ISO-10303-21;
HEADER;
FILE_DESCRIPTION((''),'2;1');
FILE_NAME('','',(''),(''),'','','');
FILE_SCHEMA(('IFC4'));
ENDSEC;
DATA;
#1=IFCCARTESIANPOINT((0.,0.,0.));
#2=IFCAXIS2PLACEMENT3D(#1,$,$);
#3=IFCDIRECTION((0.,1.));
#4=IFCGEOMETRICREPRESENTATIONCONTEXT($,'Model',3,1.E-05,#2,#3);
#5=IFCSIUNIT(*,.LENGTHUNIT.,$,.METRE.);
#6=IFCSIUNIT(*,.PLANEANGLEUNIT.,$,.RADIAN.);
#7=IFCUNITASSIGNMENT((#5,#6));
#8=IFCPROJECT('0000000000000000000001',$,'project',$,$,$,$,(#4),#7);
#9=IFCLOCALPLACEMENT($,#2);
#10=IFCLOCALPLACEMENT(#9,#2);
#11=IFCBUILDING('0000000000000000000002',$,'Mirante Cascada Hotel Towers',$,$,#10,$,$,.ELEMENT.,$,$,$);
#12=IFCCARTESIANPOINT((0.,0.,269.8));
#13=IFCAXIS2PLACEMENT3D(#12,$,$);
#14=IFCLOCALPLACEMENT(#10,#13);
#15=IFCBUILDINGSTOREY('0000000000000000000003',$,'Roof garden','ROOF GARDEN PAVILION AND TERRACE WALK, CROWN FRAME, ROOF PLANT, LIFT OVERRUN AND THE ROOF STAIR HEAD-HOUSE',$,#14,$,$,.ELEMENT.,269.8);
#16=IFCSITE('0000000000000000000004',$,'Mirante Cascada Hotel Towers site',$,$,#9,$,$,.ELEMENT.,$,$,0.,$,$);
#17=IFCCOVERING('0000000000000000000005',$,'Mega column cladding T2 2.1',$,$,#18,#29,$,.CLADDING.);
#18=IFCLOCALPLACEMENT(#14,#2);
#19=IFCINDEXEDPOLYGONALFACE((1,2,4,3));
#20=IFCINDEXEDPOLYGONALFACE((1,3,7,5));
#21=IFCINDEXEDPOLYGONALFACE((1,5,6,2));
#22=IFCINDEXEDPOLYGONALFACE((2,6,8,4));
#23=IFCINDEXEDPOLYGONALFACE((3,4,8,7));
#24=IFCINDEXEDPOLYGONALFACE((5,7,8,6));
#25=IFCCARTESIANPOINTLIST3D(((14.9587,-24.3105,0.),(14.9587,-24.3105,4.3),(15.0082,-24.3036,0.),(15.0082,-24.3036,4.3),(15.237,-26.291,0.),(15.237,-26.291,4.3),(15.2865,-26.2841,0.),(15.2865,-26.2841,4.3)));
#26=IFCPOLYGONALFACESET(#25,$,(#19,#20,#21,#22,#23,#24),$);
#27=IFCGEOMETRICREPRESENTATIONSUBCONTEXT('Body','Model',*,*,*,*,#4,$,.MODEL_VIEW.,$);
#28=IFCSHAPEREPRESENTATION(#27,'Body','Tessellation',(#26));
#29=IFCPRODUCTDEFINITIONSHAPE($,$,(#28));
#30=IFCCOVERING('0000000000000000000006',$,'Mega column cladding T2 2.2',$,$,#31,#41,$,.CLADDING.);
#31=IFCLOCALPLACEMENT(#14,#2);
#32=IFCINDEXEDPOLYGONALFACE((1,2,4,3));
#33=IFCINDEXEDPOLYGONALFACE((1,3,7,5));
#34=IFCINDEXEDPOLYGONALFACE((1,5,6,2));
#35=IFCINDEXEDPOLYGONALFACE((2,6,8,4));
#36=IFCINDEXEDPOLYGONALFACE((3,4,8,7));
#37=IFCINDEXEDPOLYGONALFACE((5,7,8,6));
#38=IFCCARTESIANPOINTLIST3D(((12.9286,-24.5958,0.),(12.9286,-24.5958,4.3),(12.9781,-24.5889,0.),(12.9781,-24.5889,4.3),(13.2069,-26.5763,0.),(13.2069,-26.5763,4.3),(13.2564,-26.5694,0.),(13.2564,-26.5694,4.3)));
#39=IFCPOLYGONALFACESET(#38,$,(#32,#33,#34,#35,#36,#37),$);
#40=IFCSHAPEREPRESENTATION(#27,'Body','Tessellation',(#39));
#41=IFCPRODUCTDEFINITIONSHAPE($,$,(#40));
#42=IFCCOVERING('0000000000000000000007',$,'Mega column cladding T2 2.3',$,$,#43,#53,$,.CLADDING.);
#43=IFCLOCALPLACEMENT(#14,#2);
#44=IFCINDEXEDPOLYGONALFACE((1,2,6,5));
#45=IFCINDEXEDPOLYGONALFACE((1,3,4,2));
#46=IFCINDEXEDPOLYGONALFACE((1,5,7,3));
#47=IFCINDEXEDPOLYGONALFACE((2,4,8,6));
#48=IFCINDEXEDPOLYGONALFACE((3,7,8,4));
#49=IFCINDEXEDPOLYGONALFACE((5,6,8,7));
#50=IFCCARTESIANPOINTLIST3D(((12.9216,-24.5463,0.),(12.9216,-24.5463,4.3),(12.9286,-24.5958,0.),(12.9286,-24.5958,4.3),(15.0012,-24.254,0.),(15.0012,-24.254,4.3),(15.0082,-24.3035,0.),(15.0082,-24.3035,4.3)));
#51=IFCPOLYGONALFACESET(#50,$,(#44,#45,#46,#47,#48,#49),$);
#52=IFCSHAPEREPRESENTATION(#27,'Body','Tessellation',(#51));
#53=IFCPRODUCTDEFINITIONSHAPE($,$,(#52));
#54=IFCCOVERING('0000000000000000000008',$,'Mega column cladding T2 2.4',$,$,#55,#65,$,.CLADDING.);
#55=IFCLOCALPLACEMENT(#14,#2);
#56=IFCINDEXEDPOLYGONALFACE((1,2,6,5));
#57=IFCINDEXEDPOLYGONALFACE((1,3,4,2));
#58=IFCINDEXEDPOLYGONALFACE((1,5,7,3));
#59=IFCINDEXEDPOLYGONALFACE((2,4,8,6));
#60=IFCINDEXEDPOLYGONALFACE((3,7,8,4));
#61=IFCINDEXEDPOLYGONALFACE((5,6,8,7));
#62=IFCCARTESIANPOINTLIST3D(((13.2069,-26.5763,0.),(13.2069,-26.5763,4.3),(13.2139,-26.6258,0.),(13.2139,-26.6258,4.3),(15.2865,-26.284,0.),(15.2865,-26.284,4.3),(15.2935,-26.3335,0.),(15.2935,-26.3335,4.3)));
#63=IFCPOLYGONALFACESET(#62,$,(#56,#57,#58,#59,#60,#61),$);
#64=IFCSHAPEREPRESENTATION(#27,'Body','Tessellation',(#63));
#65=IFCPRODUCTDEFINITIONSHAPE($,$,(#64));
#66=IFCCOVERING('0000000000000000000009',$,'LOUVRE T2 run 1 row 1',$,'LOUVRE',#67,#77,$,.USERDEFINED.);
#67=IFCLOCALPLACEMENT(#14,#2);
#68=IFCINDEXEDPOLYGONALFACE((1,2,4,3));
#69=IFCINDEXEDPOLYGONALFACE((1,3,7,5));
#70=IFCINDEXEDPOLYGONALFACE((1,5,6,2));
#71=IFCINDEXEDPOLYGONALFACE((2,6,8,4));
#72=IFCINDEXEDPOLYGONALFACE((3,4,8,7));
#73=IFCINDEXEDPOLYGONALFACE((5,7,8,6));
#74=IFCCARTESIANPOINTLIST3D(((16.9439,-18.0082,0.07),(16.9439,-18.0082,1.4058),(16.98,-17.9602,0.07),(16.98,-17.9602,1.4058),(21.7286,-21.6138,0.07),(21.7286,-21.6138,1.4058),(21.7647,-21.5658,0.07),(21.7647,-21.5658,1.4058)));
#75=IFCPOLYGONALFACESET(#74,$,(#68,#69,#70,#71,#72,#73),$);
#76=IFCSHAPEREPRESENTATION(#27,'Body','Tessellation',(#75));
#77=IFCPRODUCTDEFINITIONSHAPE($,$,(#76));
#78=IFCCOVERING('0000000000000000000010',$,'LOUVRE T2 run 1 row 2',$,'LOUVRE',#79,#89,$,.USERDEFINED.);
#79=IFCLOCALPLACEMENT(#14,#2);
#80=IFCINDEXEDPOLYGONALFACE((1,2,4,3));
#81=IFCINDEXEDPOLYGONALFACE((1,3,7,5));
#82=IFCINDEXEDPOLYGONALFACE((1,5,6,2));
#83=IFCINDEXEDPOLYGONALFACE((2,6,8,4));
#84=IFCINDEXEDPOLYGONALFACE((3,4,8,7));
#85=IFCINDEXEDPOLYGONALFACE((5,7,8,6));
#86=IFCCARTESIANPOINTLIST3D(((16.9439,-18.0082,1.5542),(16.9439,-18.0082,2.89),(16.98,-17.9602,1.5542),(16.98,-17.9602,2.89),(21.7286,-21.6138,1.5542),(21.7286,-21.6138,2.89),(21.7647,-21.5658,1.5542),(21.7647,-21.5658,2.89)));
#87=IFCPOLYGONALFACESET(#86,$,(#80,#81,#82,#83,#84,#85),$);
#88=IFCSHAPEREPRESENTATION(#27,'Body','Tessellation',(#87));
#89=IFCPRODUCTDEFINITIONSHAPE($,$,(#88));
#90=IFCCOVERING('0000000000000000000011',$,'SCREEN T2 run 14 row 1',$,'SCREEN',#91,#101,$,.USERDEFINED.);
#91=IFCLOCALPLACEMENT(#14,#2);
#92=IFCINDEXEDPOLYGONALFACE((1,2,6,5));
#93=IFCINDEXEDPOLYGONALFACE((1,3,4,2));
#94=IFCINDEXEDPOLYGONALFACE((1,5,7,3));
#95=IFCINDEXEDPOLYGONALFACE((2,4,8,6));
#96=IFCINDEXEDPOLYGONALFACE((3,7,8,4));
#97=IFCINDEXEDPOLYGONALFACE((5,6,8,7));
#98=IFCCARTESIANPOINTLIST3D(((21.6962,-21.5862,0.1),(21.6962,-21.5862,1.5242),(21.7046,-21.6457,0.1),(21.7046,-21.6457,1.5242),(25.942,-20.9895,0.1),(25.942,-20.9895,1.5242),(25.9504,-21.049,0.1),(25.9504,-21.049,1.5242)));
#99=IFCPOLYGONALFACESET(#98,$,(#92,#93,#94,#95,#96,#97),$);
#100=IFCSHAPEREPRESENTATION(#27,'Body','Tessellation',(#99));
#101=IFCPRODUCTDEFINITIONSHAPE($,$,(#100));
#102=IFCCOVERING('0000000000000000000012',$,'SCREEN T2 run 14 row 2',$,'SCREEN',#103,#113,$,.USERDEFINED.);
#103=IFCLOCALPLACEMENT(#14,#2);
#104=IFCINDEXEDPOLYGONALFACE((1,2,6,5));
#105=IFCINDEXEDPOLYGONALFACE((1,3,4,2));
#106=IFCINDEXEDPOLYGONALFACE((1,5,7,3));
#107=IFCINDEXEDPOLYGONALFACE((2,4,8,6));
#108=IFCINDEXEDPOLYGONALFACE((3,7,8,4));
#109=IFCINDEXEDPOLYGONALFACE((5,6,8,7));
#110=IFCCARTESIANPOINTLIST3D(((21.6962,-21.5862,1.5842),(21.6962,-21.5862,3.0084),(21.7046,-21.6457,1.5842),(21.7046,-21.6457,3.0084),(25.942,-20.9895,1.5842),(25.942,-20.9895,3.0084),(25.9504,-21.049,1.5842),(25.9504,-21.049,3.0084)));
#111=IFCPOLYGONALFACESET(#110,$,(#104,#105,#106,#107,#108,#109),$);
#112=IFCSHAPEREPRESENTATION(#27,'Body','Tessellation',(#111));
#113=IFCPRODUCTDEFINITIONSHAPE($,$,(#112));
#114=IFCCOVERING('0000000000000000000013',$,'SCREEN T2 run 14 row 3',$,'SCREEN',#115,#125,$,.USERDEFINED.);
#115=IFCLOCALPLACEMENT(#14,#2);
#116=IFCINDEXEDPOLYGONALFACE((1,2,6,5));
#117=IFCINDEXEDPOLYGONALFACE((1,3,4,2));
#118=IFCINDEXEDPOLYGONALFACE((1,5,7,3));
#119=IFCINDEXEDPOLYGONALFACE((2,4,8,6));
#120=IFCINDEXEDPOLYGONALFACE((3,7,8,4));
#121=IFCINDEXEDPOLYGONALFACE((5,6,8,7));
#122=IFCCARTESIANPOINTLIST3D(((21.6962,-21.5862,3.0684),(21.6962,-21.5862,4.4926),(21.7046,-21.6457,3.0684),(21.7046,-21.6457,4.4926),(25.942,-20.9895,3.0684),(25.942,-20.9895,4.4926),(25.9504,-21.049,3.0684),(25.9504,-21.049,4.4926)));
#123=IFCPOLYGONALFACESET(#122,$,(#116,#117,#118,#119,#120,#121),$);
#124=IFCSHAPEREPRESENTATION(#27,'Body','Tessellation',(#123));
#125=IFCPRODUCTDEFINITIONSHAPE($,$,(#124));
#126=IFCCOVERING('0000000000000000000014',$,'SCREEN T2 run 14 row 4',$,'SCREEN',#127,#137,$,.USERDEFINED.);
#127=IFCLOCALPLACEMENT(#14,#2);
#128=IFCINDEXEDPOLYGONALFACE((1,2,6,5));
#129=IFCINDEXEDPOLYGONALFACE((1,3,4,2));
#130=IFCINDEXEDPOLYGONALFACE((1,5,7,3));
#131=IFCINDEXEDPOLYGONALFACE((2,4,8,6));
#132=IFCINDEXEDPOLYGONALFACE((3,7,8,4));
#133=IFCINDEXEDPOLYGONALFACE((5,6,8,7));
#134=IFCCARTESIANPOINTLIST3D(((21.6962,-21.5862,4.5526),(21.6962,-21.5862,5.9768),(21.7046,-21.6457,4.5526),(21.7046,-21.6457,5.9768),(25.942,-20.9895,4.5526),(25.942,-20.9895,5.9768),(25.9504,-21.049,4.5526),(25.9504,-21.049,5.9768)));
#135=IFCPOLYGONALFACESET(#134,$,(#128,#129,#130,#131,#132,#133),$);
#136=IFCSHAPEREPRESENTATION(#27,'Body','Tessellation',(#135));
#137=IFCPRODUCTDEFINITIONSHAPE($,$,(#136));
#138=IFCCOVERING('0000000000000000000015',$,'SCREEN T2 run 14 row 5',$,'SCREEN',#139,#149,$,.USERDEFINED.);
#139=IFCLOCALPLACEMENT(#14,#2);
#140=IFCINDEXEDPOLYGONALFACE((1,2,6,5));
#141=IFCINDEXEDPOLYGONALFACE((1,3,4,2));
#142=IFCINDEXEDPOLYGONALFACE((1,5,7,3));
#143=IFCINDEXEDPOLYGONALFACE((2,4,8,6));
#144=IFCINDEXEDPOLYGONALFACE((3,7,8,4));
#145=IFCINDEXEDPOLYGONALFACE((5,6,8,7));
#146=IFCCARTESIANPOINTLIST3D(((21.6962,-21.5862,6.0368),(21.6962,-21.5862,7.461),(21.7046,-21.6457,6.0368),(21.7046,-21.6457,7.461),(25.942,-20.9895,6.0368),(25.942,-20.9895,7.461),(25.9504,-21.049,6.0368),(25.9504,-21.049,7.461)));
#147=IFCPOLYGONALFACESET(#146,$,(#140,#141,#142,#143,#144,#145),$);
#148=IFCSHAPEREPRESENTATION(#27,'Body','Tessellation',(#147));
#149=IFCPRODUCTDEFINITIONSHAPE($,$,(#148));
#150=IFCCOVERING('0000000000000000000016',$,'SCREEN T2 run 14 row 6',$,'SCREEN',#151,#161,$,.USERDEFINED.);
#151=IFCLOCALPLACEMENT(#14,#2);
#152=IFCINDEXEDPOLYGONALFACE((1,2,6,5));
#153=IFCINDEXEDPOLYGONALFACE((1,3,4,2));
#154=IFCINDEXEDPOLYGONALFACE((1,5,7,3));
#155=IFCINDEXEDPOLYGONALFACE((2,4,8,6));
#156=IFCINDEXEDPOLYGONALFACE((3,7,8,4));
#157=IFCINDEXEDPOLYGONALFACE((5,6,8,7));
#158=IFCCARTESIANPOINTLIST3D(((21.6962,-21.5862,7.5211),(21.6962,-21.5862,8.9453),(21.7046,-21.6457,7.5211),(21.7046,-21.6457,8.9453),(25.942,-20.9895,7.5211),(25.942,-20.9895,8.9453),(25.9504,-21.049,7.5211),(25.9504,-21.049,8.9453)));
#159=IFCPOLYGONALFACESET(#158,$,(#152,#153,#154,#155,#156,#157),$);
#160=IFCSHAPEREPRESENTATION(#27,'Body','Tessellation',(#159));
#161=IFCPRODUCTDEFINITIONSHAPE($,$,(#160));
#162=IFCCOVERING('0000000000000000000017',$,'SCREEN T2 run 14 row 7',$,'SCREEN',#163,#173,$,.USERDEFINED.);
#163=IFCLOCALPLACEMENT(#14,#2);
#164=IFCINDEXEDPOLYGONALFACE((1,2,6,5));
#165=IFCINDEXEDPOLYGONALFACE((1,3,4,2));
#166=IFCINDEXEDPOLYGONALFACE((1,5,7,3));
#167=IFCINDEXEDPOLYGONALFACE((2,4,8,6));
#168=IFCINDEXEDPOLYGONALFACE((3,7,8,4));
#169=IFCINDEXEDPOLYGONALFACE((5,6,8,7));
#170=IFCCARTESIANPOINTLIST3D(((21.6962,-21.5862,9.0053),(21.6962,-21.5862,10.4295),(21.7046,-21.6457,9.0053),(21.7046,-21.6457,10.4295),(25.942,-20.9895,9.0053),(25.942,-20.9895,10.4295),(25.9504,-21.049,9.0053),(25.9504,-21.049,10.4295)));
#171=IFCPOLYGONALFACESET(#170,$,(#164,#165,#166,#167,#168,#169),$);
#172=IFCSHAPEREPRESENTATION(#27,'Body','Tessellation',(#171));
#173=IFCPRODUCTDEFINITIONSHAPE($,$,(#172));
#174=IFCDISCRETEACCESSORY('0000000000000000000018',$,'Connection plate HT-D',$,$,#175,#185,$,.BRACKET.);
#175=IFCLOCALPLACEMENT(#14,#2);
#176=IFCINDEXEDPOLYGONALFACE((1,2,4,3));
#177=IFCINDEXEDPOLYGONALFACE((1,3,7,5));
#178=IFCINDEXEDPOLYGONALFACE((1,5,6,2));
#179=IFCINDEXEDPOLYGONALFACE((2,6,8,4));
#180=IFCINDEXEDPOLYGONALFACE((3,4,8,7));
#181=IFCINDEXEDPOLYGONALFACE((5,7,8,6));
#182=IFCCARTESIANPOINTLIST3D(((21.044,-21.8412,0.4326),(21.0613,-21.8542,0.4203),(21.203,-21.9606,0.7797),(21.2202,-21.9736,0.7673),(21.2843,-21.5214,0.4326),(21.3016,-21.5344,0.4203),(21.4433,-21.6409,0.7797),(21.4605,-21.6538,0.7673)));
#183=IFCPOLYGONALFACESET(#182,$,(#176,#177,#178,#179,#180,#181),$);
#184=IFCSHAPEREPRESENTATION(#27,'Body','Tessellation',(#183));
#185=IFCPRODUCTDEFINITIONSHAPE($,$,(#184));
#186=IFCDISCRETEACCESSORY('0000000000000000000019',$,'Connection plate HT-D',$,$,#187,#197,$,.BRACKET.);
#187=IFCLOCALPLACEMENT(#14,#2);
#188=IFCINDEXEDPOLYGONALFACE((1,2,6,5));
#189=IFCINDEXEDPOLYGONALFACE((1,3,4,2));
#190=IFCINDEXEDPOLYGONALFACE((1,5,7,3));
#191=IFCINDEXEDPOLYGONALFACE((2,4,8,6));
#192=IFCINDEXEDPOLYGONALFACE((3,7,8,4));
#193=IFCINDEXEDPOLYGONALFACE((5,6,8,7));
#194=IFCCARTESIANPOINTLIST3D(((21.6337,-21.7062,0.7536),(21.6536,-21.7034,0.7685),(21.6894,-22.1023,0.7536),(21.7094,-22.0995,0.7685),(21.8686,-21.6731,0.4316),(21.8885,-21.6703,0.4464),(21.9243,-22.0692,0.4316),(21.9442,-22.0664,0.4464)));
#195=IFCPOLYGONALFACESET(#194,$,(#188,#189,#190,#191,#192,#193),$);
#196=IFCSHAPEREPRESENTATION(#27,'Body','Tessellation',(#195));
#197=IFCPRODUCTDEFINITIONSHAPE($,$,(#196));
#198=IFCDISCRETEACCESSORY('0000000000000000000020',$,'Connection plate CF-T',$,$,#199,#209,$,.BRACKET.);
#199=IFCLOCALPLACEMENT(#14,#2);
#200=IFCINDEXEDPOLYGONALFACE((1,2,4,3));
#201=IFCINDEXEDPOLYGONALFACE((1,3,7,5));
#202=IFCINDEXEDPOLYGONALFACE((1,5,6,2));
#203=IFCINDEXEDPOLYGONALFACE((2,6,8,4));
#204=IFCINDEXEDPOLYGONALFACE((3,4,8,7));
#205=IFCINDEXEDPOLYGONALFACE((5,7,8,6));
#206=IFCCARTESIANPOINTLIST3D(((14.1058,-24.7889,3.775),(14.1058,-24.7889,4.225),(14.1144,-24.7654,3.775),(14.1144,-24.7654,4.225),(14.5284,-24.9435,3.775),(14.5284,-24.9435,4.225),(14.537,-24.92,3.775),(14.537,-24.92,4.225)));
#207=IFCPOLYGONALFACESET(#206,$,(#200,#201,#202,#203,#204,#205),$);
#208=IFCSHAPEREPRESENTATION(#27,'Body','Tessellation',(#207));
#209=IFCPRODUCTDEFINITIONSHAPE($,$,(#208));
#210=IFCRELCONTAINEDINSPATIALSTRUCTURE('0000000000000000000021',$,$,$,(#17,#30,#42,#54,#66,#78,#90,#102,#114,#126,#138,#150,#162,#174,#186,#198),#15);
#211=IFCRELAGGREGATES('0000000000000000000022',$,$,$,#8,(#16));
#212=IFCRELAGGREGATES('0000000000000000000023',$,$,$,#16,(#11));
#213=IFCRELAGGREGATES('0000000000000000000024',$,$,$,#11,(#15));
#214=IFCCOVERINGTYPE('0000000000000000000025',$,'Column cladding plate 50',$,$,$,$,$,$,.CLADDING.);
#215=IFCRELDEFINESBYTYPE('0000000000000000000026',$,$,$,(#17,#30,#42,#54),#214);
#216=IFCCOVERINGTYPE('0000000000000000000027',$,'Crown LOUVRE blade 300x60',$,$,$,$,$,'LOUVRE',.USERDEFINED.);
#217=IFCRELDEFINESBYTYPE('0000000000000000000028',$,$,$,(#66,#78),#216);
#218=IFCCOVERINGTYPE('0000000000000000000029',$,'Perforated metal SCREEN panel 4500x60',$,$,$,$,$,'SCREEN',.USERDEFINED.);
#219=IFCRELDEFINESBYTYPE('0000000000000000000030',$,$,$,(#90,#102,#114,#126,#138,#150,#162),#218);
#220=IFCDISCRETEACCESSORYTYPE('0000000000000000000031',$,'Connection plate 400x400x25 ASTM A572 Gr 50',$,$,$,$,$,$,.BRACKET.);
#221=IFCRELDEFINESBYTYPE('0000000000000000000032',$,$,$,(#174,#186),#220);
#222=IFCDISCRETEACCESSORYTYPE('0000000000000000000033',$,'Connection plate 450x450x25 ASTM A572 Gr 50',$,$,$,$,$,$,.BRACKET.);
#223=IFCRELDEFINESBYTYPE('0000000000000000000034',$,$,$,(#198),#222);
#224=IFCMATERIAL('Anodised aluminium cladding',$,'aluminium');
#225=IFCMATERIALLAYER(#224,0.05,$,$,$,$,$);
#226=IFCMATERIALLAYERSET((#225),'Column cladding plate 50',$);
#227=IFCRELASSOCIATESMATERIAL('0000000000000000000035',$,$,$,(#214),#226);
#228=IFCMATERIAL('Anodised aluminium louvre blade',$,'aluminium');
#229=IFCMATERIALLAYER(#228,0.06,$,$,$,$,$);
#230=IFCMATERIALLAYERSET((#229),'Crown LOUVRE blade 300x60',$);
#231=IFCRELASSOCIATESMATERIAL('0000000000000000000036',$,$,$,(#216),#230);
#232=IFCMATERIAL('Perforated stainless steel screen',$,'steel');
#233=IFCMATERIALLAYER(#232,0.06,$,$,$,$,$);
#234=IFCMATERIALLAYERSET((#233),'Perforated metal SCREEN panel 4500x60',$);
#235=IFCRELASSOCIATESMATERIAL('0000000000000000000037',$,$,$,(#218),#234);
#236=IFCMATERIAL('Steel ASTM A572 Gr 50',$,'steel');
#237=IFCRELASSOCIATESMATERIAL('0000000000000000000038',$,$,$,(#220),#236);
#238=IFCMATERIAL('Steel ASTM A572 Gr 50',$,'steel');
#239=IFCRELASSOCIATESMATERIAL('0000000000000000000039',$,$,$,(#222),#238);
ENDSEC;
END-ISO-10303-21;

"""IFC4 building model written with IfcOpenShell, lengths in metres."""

from ifc_helpers import new_model, si_unit, direction, frame, origin, origin_2d, place, context, subcontext, project, spatial, rectangle, extrude, material, layer, layer_set, material_profile, profile_set, type_object, element, save


model = new_model("IFC4")

# Units and contexts
model_context = context("Model", 3, precision=1e-05, world=origin(), true_north=direction((0.0, 1.0)))
body_context = subcontext(model_context, "Body", "Model", "MODEL_VIEW")
ifc_project = project(units=[si_unit("LENGTHUNIT", "METRE"), si_unit("PLANEANGLEUNIT", "RADIAN")], contexts=[model_context])

# Site, building, storey
site_placement = place(None, origin())
site = spatial("IfcSite", under=ifc_project, at=site_placement, Name="Mirante Cascada Hotel Towers site", CompositionType="ELEMENT", RefElevation=0.0)
building_placement = place(site_placement, origin())
building = spatial("IfcBuilding", under=site, at=building_placement, Name="Mirante Cascada Hotel Towers", CompositionType="ELEMENT")
storey_placement = place(building_placement, frame((0.0, 0.0, 269.8)))
storey = spatial("IfcBuildingStorey", under=building, at=storey_placement, Name="Roof garden", Description="ROOF GARDEN PAVILION AND TERRACE WALK, CROWN FRAME, ROOF PLANT, LIFT OVERRUN AND THE ROOF STAIR HEAD-HOUSE", CompositionType="ELEMENT", Elevation=269.8)

# Coverings
ifc_material_1 = material(Name="Anodised aluminium cladding", Category="aluminium")
ifc_layer_1 = layer(ifc_material_1, 0.05)
ifc_layer_set_1 = layer_set([ifc_layer_1], Name="Column cladding plate 50")
covering_type_1 = type_object("IfcCoveringType", Name="Column cladding plate 50", PredefinedType="CLADDING", material=ifc_layer_set_1)
for number, where, z_axis, x_axis, name in (
    (1, (15.1226, -25.2973, 0.0), (0.0, 0.0, 1.0), (0.990268, 0.139173, 0.0), "Mega column cladding T2 2.1"),
    (2, (13.0925, -25.5826, 0.0), (0.0, 0.0, 1.0), (0.990268, 0.139173, 0.0), "Mega column cladding T2 2.2"),
):
    element("IfcCovering", number, at=place(storey_placement, frame(where, z_axis=z_axis, x_axis=x_axis)), inside=storey, type_object=covering_type_1, Name=name, PredefinedType="CLADDING", context=body_context, shape_type="SweptSolid", body=[
        extrude(rectangle(XDim=0.05, YDim=2.0, at=origin_2d()), origin(), (0.0, 0.0, 1.0), 4.3),
    ])
for number, where, z_axis, x_axis, name in (
    (3, (13.9649, -24.4249, 0.0), (0.0, 0.0, 1.0), (0.990268, 0.139173, 0.0), "Mega column cladding T2 2.3"),
    (4, (14.2502, -26.4549, 0.0), (0.0, 0.0, 1.0), (0.990268, 0.139173, 0.0), "Mega column cladding T2 2.4"),
):
    element("IfcCovering", number, at=place(storey_placement, frame(where, z_axis=z_axis, x_axis=x_axis)), inside=storey, type_object=covering_type_1, Name=name, PredefinedType="CLADDING", context=body_context, shape_type="SweptSolid", body=[
        extrude(rectangle(XDim=2.1, YDim=0.05, at=origin_2d()), origin(), (0.0, 0.0, 1.0), 4.3),
    ])
ifc_material_2 = material(Name="Anodised aluminium louvre blade", Category="aluminium")
ifc_layer_2 = layer(ifc_material_2, 0.06)
ifc_layer_set_2 = layer_set([ifc_layer_2], Name="Crown LOUVRE blade 300x60")
covering_type_2 = type_object("IfcCoveringType", Name="Crown LOUVRE blade 300x60", ElementType="LOUVRE", PredefinedType="USERDEFINED", material=ifc_layer_set_2)
for number, where, z_axis, x_axis, name in (
    (5, (19.3543, -19.787, 0.07), (0.0, 0.0, 1.0), (-0.798636, 0.601815, 0.0), "LOUVRE T2 run 1 row 1"),
    (6, (19.3543, -19.787, 1.5542), (0.0, 0.0, 1.0), (-0.798636, 0.601815, 0.0), "LOUVRE T2 run 1 row 2"),
):
    element("IfcCovering", number, at=place(storey_placement, frame(where, z_axis=z_axis, x_axis=x_axis)), inside=storey, type_object=covering_type_2, Name=name, ObjectType="LOUVRE", PredefinedType="USERDEFINED", context=body_context, shape_type="SweptSolid", body=[
        extrude(rectangle(XDim=5.9912, YDim=0.06, at=origin_2d()), origin(), (0.0, 0.0, 1.0), 1.3358),
    ])
ifc_material_3 = material(Name="Perforated stainless steel screen", Category="steel")
ifc_layer_3 = layer(ifc_material_3, 0.06)
ifc_layer_set_3 = layer_set([ifc_layer_3], Name="Perforated metal SCREEN panel 4500x60")
covering_type_3 = type_object("IfcCoveringType", Name="Perforated metal SCREEN panel 4500x60", ElementType="SCREEN", PredefinedType="USERDEFINED", material=ifc_layer_set_3)
for number, where, z_axis, x_axis, name in (
    (7, (23.8233, -21.3176, 0.1), (0.0, 0.0, 1.0), (-0.990268, -0.139173, 0.0), "SCREEN T2 run 14 row 1"),
    (8, (23.8233, -21.3176, 1.5842), (0.0, 0.0, 1.0), (-0.990268, -0.139173, 0.0), "SCREEN T2 run 14 row 2"),
    (9, (23.8233, -21.3176, 3.0684), (0.0, 0.0, 1.0), (-0.990268, -0.139173, 0.0), "SCREEN T2 run 14 row 3"),
    (10, (23.8233, -21.3176, 4.5526), (0.0, 0.0, 1.0), (-0.990268, -0.139173, 0.0), "SCREEN T2 run 14 row 4"),
    (11, (23.8233, -21.3176, 6.0368), (0.0, 0.0, 1.0), (-0.990268, -0.139173, 0.0), "SCREEN T2 run 14 row 5"),
    (12, (23.8233, -21.3176, 7.5211), (0.0, 0.0, 1.0), (-0.990268, -0.139173, 0.0), "SCREEN T2 run 14 row 6"),
    (13, (23.8233, -21.3176, 9.0053), (0.0, 0.0, 1.0), (-0.990268, -0.139173, 0.0), "SCREEN T2 run 14 row 7"),
):
    element("IfcCovering", number, at=place(storey_placement, frame(where, z_axis=z_axis, x_axis=x_axis)), inside=storey, type_object=covering_type_3, Name=name, ObjectType="SCREEN", PredefinedType="USERDEFINED", context=body_context, shape_type="SweptSolid", body=[
        extrude(rectangle(XDim=4.2875, YDim=0.06, at=origin_2d()), origin(), (0.0, 0.0, 1.0), 1.4242),
    ])

# Discrete accessories
ifc_material_4 = material(Name="Steel ASTM A572 Gr 50", Category="steel")
ifc_material_profile_1 = material_profile(ifc_material_4, rectangle(XDim=0.4, YDim=0.4, at=origin_2d()), Name="Connection plate 400x400x25 ASTM A572 Gr 50")
ifc_profile_set_1 = profile_set([ifc_material_profile_1], Name="Steel ASTM A572 Gr 50")
discrete_accessory_type_1 = type_object("IfcDiscreteAccessoryType", Name="Connection plate 400x400x25 ASTM A572 Gr 50", PredefinedType="BRACKET", material=ifc_profile_set_1)
discrete_accessory_1_placement = place(storey_placement, frame((21.2609, -21.754, 0.5938), z_axis=(-0.693639, 0.521232, 0.497175), x_axis=(-0.600739, -0.799445, 0.0)))
element("IfcDiscreteAccessory", 14, at=discrete_accessory_1_placement, inside=storey, type_object=discrete_accessory_type_1, Name="Connection plate HT-D", PredefinedType="BRACKET", context=body_context, shape_type="SweptSolid", body=[
    extrude(rectangle(XDim=0.4, YDim=0.4, at=origin_2d()), origin(), (0.0, 0.0, 1.0), 0.0249),
])
discrete_accessory_2_placement = place(storey_placement, frame((21.779, -21.8877, 0.5926), z_axis=(0.797347, 0.112189, 0.593002), x_axis=(-0.139331, 0.990246, 0.0)))
element("IfcDiscreteAccessory", 15, at=discrete_accessory_2_placement, inside=storey, type_object=discrete_accessory_type_1, Name="Connection plate HT-D", PredefinedType="BRACKET", context=body_context, shape_type="SweptSolid", body=[
    extrude(rectangle(XDim=0.4, YDim=0.4, at=origin_2d()), origin(), (0.0, 0.0, 1.0), 0.025),
])
ifc_material_5 = material(Name="Steel ASTM A572 Gr 50", Category="steel")
ifc_material_profile_2 = material_profile(ifc_material_5, rectangle(XDim=0.45, YDim=0.45, at=origin_2d()), Name="Connection plate 450x450x25 ASTM A572 Gr 50")
ifc_profile_set_2 = profile_set([ifc_material_profile_2], Name="Steel ASTM A572 Gr 50")
discrete_accessory_type_2 = type_object("IfcDiscreteAccessoryType", Name="Connection plate 450x450x25 ASTM A572 Gr 50", PredefinedType="BRACKET", material=ifc_profile_set_2)
discrete_accessory_3_placement = place(storey_placement, frame((14.3171, -24.8662, 4.0), z_axis=(0.343668, 0.939091, 0.0), x_axis=(-0.939091, 0.343668, 0.0)))
element("IfcDiscreteAccessory", 16, at=discrete_accessory_3_placement, inside=storey, type_object=discrete_accessory_type_2, Name="Connection plate CF-T", PredefinedType="BRACKET", context=body_context, shape_type="SweptSolid", body=[
    extrude(rectangle(XDim=0.45, YDim=0.45, at=origin_2d()), origin(), (0.0, 0.0, 1.0), 0.025),
])

save(model, "model.ifc")
